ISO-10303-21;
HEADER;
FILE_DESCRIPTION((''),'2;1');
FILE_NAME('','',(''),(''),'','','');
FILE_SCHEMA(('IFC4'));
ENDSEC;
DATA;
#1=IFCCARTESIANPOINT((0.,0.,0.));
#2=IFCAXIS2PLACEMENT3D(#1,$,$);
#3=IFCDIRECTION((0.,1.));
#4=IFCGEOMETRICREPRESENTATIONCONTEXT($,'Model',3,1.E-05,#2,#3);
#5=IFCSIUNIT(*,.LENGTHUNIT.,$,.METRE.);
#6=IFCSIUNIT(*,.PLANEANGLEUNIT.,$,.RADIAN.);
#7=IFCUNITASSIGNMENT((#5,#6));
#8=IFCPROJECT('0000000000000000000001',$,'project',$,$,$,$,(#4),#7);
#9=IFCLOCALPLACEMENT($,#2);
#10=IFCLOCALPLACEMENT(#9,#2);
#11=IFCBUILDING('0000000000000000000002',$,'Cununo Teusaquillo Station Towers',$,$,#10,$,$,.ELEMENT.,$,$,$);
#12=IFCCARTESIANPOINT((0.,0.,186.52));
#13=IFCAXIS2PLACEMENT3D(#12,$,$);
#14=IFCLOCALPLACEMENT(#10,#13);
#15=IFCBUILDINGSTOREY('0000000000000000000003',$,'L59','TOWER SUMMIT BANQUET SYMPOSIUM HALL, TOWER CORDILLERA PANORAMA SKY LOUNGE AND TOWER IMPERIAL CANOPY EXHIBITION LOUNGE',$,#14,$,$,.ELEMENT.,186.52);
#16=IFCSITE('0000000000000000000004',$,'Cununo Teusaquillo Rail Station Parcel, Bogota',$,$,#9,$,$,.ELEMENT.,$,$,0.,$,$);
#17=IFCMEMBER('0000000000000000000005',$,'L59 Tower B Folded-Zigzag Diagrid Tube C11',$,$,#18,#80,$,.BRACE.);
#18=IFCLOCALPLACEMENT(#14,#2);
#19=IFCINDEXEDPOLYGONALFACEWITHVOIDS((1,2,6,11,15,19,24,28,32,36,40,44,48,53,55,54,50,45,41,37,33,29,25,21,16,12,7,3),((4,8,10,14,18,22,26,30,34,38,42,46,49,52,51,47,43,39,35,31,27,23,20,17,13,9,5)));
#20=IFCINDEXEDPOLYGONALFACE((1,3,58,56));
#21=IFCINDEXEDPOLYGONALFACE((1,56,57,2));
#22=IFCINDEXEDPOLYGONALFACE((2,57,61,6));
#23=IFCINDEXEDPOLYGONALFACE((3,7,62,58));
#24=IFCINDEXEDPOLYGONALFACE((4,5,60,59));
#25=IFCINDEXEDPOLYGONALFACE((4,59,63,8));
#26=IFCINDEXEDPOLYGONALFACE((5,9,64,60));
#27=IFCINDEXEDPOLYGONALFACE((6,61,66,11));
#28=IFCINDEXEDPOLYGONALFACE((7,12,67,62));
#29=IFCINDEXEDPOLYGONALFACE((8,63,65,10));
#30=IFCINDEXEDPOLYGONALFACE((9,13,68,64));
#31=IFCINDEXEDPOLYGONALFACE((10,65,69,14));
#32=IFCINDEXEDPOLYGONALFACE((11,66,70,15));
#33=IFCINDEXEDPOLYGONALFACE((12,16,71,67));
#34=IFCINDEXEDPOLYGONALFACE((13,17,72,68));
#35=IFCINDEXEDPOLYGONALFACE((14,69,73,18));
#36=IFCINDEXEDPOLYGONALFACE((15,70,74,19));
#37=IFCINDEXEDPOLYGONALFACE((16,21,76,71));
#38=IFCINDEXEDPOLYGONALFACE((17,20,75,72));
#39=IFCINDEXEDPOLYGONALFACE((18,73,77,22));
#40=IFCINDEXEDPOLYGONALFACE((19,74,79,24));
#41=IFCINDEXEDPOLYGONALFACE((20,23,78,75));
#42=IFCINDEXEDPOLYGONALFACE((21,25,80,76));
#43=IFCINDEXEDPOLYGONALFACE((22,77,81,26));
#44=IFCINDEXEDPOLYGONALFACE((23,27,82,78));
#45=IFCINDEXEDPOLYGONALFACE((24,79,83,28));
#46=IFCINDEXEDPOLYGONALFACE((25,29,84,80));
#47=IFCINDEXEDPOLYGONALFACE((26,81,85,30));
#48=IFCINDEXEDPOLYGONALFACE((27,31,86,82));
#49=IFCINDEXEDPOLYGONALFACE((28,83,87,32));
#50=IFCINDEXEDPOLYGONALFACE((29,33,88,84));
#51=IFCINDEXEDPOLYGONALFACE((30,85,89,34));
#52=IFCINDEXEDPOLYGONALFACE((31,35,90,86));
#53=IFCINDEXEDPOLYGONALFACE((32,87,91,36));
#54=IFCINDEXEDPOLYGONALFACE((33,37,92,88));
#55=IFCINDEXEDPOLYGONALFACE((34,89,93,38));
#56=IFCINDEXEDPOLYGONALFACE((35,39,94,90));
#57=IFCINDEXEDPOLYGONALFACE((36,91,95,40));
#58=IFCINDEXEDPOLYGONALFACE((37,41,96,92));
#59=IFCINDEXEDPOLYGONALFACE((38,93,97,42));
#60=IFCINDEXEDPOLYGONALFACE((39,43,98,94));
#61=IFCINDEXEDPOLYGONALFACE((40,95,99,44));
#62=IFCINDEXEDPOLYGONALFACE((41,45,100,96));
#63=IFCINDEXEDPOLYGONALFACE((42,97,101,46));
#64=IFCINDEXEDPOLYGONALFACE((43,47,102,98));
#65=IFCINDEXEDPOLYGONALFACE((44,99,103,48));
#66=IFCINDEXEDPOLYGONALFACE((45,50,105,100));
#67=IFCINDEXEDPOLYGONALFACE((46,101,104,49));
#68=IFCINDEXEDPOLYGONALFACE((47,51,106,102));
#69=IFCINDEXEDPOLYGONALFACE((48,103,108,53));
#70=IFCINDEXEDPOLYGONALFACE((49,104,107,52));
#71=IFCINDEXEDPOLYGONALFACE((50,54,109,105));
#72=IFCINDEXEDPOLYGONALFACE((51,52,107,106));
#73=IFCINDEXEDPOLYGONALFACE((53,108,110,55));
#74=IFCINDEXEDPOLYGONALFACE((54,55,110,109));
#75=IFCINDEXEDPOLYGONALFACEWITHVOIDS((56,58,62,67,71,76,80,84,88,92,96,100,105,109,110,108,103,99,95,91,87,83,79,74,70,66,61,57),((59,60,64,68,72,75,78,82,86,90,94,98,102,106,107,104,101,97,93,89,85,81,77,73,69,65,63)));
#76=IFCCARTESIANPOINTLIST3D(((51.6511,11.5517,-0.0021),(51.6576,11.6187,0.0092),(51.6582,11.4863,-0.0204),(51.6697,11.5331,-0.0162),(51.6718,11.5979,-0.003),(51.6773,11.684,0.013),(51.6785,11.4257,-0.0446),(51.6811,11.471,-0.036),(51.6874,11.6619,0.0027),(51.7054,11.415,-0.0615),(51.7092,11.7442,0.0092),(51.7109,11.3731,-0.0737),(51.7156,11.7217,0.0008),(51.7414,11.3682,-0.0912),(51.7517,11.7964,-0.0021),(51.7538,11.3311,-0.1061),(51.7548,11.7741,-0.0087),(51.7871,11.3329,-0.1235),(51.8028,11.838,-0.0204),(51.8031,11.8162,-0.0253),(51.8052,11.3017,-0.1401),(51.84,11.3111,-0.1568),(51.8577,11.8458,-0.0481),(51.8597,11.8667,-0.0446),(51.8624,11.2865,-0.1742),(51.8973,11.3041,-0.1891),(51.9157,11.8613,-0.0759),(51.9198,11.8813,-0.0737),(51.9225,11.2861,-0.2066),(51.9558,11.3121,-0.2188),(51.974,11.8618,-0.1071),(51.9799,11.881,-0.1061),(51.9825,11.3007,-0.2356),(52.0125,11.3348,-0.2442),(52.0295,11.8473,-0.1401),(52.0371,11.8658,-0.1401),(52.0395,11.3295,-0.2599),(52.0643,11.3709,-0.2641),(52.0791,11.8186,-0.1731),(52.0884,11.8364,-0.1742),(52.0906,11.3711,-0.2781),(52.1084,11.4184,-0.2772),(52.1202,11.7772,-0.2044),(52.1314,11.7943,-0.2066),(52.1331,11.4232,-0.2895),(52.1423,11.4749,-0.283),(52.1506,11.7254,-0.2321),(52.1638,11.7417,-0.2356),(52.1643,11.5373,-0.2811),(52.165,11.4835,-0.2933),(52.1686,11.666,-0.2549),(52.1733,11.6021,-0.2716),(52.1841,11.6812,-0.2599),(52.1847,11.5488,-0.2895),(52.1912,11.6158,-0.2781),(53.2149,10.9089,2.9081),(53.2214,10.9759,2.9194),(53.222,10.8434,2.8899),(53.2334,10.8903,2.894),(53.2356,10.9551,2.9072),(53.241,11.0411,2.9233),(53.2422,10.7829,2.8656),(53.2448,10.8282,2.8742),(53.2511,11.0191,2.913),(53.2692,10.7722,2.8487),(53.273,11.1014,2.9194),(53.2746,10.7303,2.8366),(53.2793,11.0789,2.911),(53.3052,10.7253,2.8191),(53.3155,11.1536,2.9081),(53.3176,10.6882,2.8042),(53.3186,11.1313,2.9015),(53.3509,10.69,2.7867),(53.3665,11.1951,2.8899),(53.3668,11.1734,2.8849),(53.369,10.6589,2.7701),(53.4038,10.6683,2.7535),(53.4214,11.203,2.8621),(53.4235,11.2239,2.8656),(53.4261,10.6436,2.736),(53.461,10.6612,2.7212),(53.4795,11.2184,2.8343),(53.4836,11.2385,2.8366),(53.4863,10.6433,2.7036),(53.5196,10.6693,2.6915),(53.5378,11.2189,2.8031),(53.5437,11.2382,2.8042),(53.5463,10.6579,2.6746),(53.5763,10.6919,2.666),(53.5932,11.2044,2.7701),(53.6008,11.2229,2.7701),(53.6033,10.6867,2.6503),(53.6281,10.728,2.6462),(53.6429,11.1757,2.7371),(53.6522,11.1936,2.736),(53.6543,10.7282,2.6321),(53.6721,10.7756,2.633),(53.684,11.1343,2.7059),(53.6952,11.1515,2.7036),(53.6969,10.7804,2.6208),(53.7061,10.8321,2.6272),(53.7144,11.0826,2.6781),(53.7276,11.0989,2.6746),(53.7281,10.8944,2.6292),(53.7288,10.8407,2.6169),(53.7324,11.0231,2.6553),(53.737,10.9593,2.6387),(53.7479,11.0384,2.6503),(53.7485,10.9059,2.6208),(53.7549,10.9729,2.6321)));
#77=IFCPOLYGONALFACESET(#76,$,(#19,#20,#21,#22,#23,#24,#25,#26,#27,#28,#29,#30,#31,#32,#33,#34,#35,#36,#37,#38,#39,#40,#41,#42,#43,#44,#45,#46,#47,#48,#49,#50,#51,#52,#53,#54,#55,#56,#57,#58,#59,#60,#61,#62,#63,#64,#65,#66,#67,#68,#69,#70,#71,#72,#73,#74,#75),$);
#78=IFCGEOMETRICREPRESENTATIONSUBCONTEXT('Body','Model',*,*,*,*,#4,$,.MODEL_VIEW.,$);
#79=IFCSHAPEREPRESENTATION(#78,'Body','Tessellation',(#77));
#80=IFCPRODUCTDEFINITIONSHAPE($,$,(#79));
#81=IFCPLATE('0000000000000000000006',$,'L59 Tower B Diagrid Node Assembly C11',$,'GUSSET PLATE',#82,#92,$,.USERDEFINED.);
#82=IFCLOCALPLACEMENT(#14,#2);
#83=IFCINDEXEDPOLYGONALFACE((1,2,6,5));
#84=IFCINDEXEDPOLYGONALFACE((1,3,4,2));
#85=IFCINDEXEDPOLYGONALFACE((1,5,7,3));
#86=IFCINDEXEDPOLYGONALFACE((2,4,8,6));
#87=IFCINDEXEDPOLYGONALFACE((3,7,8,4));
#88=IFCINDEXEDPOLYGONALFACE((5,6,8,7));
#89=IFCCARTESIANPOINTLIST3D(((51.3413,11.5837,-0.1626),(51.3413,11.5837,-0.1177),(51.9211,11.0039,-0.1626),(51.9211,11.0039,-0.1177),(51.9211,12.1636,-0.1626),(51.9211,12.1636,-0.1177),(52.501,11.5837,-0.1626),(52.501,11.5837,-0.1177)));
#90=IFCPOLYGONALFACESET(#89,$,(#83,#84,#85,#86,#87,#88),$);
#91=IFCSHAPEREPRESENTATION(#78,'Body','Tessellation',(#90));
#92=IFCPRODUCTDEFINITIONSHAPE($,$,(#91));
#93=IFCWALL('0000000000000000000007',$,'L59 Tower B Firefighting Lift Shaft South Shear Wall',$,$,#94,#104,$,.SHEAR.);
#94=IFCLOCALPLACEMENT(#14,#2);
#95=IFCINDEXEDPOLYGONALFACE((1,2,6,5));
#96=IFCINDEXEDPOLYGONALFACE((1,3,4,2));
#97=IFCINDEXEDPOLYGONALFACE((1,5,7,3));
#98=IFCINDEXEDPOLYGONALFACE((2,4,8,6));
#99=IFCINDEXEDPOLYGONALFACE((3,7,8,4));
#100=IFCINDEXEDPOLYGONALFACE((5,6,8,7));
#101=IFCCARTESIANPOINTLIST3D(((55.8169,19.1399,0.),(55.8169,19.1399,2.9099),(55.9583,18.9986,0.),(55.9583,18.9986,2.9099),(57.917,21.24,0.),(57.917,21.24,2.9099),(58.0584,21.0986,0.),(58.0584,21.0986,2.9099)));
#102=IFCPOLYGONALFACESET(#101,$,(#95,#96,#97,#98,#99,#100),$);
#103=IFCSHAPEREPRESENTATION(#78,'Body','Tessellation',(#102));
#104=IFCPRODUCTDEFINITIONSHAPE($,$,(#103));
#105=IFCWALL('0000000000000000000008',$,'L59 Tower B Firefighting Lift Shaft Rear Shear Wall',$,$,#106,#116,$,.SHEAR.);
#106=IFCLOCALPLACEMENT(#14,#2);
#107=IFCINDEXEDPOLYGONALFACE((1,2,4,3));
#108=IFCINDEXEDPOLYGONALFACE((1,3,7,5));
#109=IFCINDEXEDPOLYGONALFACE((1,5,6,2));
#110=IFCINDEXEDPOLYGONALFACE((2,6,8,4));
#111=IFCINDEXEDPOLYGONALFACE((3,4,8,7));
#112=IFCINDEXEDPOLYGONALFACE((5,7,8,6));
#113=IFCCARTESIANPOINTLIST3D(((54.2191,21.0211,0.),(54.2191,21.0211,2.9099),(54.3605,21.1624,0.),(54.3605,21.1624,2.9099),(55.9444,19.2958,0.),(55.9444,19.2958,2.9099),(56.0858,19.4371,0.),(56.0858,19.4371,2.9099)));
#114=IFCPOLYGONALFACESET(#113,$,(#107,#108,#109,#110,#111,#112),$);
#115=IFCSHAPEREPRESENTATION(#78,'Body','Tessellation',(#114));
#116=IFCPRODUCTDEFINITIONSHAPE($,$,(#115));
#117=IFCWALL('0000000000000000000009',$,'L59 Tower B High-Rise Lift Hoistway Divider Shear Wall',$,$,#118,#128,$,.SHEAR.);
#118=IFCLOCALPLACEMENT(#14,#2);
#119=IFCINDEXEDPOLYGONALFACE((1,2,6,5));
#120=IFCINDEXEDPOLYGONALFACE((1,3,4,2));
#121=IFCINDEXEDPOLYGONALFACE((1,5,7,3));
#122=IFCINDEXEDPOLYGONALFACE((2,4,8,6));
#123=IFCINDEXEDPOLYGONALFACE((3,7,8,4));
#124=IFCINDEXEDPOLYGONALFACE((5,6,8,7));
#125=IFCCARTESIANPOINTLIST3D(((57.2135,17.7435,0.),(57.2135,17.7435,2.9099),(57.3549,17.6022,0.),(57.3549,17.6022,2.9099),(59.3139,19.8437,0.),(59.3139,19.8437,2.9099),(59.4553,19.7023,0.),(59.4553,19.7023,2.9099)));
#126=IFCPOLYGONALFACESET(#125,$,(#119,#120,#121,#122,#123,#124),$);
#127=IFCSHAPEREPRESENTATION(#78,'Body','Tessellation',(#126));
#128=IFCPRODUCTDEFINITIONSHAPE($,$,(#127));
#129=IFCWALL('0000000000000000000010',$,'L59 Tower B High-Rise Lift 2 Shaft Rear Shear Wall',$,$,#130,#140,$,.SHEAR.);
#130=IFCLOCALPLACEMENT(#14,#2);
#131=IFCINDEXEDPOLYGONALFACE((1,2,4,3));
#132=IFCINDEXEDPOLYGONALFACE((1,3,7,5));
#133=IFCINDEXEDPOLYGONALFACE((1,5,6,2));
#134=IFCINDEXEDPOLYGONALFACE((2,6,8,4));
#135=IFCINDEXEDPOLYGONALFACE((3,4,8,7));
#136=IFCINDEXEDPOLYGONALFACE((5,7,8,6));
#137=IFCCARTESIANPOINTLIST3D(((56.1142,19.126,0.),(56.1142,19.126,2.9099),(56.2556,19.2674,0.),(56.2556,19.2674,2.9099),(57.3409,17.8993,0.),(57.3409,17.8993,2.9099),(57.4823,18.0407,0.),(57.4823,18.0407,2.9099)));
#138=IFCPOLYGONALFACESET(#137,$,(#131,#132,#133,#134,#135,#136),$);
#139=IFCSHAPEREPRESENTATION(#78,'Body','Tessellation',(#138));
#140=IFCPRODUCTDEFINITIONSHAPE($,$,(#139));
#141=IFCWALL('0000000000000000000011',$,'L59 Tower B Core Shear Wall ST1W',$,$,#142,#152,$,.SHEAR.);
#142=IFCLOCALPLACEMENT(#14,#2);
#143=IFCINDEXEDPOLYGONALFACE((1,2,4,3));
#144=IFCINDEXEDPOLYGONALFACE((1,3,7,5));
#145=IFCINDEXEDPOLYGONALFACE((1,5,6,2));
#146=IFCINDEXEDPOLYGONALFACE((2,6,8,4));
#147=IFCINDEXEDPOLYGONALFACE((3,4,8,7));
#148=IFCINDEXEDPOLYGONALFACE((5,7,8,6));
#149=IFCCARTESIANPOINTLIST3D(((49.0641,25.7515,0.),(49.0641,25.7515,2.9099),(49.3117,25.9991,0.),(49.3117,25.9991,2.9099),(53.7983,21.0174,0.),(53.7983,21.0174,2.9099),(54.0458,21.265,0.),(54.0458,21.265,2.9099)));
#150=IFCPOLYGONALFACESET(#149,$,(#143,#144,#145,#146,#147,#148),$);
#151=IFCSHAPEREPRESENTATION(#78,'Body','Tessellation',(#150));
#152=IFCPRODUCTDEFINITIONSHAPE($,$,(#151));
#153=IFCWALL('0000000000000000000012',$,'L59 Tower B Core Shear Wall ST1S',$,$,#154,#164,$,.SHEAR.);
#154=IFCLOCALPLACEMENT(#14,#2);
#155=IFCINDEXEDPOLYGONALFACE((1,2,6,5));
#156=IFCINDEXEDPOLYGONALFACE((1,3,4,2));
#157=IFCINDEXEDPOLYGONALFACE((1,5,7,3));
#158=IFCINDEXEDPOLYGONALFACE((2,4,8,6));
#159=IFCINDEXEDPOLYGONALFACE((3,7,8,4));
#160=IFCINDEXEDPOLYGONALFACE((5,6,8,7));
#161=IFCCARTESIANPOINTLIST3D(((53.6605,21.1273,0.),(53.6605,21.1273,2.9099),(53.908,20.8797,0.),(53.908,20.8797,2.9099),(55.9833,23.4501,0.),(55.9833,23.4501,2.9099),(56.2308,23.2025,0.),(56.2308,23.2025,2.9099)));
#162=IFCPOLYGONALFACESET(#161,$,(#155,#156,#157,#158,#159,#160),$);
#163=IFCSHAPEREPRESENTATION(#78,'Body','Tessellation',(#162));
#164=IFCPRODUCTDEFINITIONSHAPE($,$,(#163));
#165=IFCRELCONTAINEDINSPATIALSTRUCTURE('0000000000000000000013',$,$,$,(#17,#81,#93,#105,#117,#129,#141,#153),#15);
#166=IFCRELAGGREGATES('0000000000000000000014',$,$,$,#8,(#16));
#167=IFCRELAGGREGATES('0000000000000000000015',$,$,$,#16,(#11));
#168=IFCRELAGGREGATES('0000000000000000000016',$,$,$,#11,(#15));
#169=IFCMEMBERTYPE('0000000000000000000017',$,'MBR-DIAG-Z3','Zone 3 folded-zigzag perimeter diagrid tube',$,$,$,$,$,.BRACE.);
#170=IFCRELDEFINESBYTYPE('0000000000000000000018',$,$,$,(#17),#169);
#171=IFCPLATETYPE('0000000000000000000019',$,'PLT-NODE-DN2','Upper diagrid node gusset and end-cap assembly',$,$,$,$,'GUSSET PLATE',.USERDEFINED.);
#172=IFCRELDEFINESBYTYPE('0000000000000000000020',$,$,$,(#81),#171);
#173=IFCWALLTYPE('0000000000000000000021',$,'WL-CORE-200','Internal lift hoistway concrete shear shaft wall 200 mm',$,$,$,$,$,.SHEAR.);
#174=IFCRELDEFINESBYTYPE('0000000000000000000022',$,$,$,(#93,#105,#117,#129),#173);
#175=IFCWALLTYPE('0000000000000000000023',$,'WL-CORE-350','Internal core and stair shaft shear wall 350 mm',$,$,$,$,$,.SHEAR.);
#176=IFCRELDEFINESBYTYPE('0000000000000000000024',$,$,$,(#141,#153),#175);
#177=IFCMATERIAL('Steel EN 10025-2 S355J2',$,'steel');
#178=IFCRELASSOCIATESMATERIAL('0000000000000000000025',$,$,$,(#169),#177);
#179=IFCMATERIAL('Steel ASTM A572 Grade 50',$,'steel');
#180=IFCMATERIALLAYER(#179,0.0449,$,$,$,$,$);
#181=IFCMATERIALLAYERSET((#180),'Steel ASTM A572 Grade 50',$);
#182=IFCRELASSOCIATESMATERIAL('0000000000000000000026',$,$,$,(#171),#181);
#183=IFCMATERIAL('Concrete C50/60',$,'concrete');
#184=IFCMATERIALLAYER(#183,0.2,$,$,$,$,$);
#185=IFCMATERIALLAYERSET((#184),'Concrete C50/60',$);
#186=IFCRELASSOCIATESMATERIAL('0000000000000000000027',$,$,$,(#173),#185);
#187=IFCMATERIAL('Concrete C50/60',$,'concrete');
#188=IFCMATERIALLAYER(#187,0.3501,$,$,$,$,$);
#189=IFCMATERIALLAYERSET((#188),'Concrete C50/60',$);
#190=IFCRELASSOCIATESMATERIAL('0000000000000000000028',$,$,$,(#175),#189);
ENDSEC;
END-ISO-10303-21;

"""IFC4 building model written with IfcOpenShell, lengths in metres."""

from ifc_helpers import new_model, si_unit, direction, frame, frame_2d, origin, origin_2d, place, context, subcontext, project, spatial, rectangle, hollow_circle, extrude, source, transform, mapped, material, layer, layer_set, material_profile, profile_set, type_object, element, save


model = new_model("IFC4")

# Units and contexts
model_context = context("Model", 3, precision=1e-05, world=origin(), true_north=direction((0.0, 1.0)))
body_context = subcontext(model_context, "Body", "Model", "MODEL_VIEW")
ifc_project = project(units=[si_unit("LENGTHUNIT", "METRE"), si_unit("PLANEANGLEUNIT", "RADIAN")], contexts=[model_context])

# Site, building, storey
site_placement = place(None, origin())
site = spatial("IfcSite", under=ifc_project, at=site_placement, Name="Cununo Teusaquillo Rail Station Parcel, Bogota", CompositionType="ELEMENT", RefElevation=0.0)
building_placement = place(site_placement, origin())
building = spatial("IfcBuilding", under=site, at=building_placement, Name="Cununo Teusaquillo Station Towers", CompositionType="ELEMENT")
storey_placement = place(building_placement, frame((0.0, 0.0, 186.52)))
storey = spatial("IfcBuildingStorey", under=building, at=storey_placement, Name="L59", Description="TOWER SUMMIT BANQUET SYMPOSIUM HALL, TOWER CORDILLERA PANORAMA SKY LOUNGE AND TOWER IMPERIAL CANOPY EXHIBITION LOUNGE", CompositionType="ELEMENT", Elevation=186.52)

# Member
ifc_material_1 = material(Name="Steel EN 10025-2 S355J2", Category="steel")
ifc_material_profile_1 = material_profile(ifc_material_1, hollow_circle(Radius=0.3049, WallThickness=0.02, at=origin_2d()), Name="CHS 610x20")
ifc_profile_set_1 = profile_set([ifc_material_profile_1], Name="Steel EN 10025-2 S355J2")
member_type = type_object("IfcMemberType", Name="MBR-DIAG-Z3", Description="Zone 3 folded-zigzag perimeter diagrid tube", PredefinedType="BRACE", material=ifc_profile_set_1)
member_placement = place(storey_placement, frame((51.9211, 11.5837, -0.1401), z_axis=(0.464615, -0.190996, 0.86467), x_axis=(0.380212, 0.924899, 0.0)))
element("IfcMember", 1, at=member_placement, inside=storey, type_object=member_type, Name="L59 Tower B Folded-Zigzag Diagrid Tube C11", PredefinedType="BRACE", context=body_context, shape_type="SweptSolid", body=[
    extrude(hollow_circle(Radius=0.3049, WallThickness=0.02, at=origin_2d()), origin(), (0.0, 0.0, 1.0), 3.3657),
])

# Plate
ifc_material_2 = material(Name="Steel ASTM A572 Grade 50", Category="steel")
ifc_layer_1 = layer(ifc_material_2, 0.0449)
ifc_layer_set_1 = layer_set([ifc_layer_1], Name="Steel ASTM A572 Grade 50")
plate_type = type_object("IfcPlateType", Name="PLT-NODE-DN2", Description="Upper diagrid node gusset and end-cap assembly", ElementType="GUSSET PLATE", PredefinedType="USERDEFINED", material=ifc_layer_set_1)
shared_shape_1 = source(origin(), body_context, "Body", "SweptSolid", [
    extrude(rectangle(XDim=0.8201, YDim=0.8201, at=origin_2d()), origin(), (0.0, 0.0, 1.0), 0.0449),
])
plate_placement = place(storey_placement, frame((51.9211, 11.5837, -0.1626), z_axis=(0.0, 0.0, 1.0), x_axis=(0.707107, 0.707107, 0.0)))
element("IfcPlate", 2, at=plate_placement, inside=storey, type_object=plate_type, Name="L59 Tower B Diagrid Node Assembly C11", ObjectType="GUSSET PLATE", PredefinedType="USERDEFINED", context=body_context, shape_type="MappedRepresentation", body=[
    mapped(shared_shape_1, transform((0.0, 0.0, 0.0), x_axis=(1.0, 0.0, 0.0), y_axis=(0.0, 1.0, 0.0), z_axis=(0.0, 0.0, 1.0), scale=1.0)),
])

# Walls
ifc_material_3 = material(Name="Concrete C50/60", Category="concrete")
ifc_layer_2 = layer(ifc_material_3, 0.2)
ifc_layer_set_2 = layer_set([ifc_layer_2], Name="Concrete C50/60")
wall_type_1 = type_object("IfcWallType", Name="WL-CORE-200", Description="Internal lift hoistway concrete shear shaft wall 200 mm", PredefinedType="SHEAR", material=ifc_layer_set_2)
wall_1_placement = place(storey_placement, frame((55.8877, 19.0693, 0.0), z_axis=(0.0, 0.0, 1.0), x_axis=(0.707107, 0.707107, 0.0)))
element("IfcWall", 3, at=wall_1_placement, inside=storey, type_object=wall_type_1, Name="L59 Tower B Firefighting Lift Shaft South Shear Wall", PredefinedType="SHEAR", context=body_context, shape_type="SweptSolid", body=[
    extrude(rectangle(XDim=2.97, YDim=0.2, at=frame_2d((1.4849, 0.0))), origin(), (0.0, 0.0, 1.0), 2.9099),
])
wall_2_placement = place(storey_placement, frame((56.0151, 19.3665, 0.0), z_axis=(0.0, 0.0, 1.0), x_axis=(-0.707107, 0.707107, 0.0)))
element("IfcWall", 4, at=wall_2_placement, inside=storey, type_object=wall_type_1, Name="L59 Tower B Firefighting Lift Shaft Rear Shear Wall", PredefinedType="SHEAR", context=body_context, shape_type="SweptSolid", body=[
    extrude(rectangle(XDim=2.4399, YDim=0.2, at=frame_2d((1.22, 0.0))), origin(), (0.0, 0.0, 1.0), 2.9099),
])
wall_3_placement = place(storey_placement, frame((57.2842, 17.6729, 0.0), z_axis=(0.0, 0.0, 1.0), x_axis=(0.707148, 0.707066, 0.0)))
element("IfcWall", 5, at=wall_3_placement, inside=storey, type_object=wall_type_1, Name="L59 Tower B High-Rise Lift Hoistway Divider Shear Wall", PredefinedType="SHEAR", context=body_context, shape_type="SweptSolid", body=[
    extrude(rectangle(XDim=2.9702, YDim=0.2, at=frame_2d((1.4851, 0.0))), origin(), (0.0, 0.0, 1.0), 2.9099),
])
wall_4_placement = place(storey_placement, frame((57.4116, 17.97, 0.0), z_axis=(0.0, 0.0, 1.0), x_axis=(-0.707107, 0.707107, 0.0)))
element("IfcWall", 6, at=wall_4_placement, inside=storey, type_object=wall_type_1, Name="L59 Tower B High-Rise Lift 2 Shaft Rear Shear Wall", PredefinedType="SHEAR", context=body_context, shape_type="SweptSolid", body=[
    extrude(rectangle(XDim=1.7349, YDim=0.2, at=frame_2d((0.8674, 0.0))), origin(), (0.0, 0.0, 1.0), 2.9099),
])
ifc_material_4 = material(Name="Concrete C50/60", Category="concrete")
ifc_layer_3 = layer(ifc_material_4, 0.3501)
ifc_layer_set_3 = layer_set([ifc_layer_3], Name="Concrete C50/60")
wall_type_2 = type_object("IfcWallType", Name="WL-CORE-350", Description="Internal core and stair shaft shear wall 350 mm", PredefinedType="SHEAR", material=ifc_layer_set_3)
wall_5_placement = place(storey_placement, frame((53.9221, 21.1411, 0.0), z_axis=(0.0, 0.0, 1.0), x_axis=(-0.707107, 0.707107, 0.0)))
element("IfcWall", 7, at=wall_5_placement, inside=storey, type_object=wall_type_2, Name="L59 Tower B Core Shear Wall ST1W", PredefinedType="SHEAR", context=body_context, shape_type="SweptSolid", body=[
    extrude(rectangle(XDim=6.6951, YDim=0.3501, at=frame_2d((3.3477, 0.0))), origin(), (0.0, 0.0, 1.0), 2.9099),
])
wall_6_placement = place(storey_placement, frame((53.7842, 21.0034, 0.0), z_axis=(0.0, 0.0, 1.0), x_axis=(0.707107, 0.707107, 0.0)))
element("IfcWall", 8, at=wall_6_placement, inside=storey, type_object=wall_type_2, Name="L59 Tower B Core Shear Wall ST1S", PredefinedType="SHEAR", context=body_context, shape_type="SweptSolid", body=[
    extrude(rectangle(XDim=3.2849, YDim=0.3501, at=frame_2d((1.6426, 0.0))), origin(), (0.0, 0.0, 1.0), 2.9099),
])

save(model, "model.ifc")
